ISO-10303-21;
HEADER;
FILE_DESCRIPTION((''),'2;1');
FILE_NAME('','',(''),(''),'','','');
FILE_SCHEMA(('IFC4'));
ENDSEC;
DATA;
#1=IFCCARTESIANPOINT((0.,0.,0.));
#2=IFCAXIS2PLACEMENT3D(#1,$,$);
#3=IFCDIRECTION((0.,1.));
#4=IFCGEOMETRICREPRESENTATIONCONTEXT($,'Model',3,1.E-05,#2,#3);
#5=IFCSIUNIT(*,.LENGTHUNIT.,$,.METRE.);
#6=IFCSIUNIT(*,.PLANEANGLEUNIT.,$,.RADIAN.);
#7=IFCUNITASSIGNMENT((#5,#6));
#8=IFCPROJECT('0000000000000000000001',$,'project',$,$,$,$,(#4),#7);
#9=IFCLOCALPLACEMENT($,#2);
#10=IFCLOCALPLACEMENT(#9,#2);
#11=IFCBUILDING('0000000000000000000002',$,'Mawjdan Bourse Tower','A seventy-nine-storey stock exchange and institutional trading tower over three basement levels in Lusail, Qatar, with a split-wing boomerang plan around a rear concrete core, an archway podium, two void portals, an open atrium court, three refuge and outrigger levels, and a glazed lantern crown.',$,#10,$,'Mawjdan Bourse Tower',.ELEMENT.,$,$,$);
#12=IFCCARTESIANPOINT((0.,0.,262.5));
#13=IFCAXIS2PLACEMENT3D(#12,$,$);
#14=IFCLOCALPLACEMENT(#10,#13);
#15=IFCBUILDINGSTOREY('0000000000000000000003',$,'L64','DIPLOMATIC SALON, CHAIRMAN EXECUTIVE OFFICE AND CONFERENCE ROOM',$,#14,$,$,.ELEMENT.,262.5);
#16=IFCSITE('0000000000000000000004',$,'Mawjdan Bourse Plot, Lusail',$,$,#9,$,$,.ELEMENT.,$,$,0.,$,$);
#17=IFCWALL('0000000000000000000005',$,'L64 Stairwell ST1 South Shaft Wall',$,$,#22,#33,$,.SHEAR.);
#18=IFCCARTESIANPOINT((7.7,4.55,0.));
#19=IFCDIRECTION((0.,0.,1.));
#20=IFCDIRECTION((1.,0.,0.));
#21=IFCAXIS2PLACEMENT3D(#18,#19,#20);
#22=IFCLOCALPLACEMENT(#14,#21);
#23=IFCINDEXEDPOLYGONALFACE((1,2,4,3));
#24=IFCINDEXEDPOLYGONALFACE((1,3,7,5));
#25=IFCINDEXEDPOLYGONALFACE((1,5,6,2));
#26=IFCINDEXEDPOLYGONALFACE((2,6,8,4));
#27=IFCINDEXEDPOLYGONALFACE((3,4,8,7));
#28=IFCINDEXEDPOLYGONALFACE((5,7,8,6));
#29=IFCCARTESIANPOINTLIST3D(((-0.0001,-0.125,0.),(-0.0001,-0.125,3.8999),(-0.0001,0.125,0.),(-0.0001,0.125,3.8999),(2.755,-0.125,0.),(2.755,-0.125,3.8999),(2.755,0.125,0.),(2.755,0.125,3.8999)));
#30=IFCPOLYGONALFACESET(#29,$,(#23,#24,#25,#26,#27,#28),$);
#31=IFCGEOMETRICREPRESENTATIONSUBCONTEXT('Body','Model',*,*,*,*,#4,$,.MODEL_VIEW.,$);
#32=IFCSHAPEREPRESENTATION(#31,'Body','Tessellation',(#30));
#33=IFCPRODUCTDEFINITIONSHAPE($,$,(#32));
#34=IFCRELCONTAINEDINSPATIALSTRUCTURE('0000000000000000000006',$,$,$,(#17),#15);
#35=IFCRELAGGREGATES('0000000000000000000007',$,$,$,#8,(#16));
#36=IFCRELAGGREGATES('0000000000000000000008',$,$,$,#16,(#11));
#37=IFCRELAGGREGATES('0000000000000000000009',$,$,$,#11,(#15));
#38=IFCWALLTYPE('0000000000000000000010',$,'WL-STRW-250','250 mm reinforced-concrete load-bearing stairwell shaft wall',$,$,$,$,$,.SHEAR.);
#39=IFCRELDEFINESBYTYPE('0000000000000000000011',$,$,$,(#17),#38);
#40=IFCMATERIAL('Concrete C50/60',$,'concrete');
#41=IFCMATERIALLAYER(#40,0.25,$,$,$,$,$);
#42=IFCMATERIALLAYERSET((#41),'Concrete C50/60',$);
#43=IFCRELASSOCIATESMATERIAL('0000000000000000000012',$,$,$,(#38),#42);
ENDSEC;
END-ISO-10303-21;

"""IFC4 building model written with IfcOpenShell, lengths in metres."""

from ifc_helpers import new_model, si_unit, direction, frame, frame_2d, origin, place, context, subcontext, project, spatial, rectangle, extrude, material, layer, layer_set, type_object, element, save


model = new_model("IFC4")

# Units and contexts
model_context = context("Model", 3, precision=1e-05, world=origin(), true_north=direction((0.0, 1.0)))
body_context = subcontext(model_context, "Body", "Model", "MODEL_VIEW")
ifc_project = project(units=[si_unit("LENGTHUNIT", "METRE"), si_unit("PLANEANGLEUNIT", "RADIAN")], contexts=[model_context])

# Site, building, storey
site_placement = place(None, origin())
site = spatial("IfcSite", under=ifc_project, at=site_placement, Name="Mawjdan Bourse Plot, Lusail", CompositionType="ELEMENT", RefElevation=0.0)
building_placement = place(site_placement, origin())
building = spatial("IfcBuilding", under=site, at=building_placement, Name="Mawjdan Bourse Tower", Description="A seventy-nine-storey stock exchange and institutional trading tower over three basement levels in Lusail, Qatar, with a split-wing boomerang plan around a rear concrete core, an archway podium, two void portals, an open atrium court, three refuge and outrigger levels, and a glazed lantern crown.", LongName="Mawjdan Bourse Tower", CompositionType="ELEMENT")
storey_placement = place(building_placement, frame((0.0, 0.0, 262.5)))
storey = spatial("IfcBuildingStorey", under=building, at=storey_placement, Name="L64", Description="DIPLOMATIC SALON, CHAIRMAN EXECUTIVE OFFICE AND CONFERENCE ROOM", CompositionType="ELEMENT", Elevation=262.5)

# Shared definitions
ifc_material_1 = material(Name="Concrete C50/60", Category="concrete")

# Wall
ifc_layer_1 = layer(ifc_material_1, 0.25)
ifc_layer_set_1 = layer_set([ifc_layer_1], Name="Concrete C50/60")
wall_type_1 = type_object("IfcWallType", Name="WL-STRW-250", Description="250 mm reinforced-concrete load-bearing stairwell shaft wall", PredefinedType="SHEAR", material=ifc_layer_set_1)
wall_1_placement = place(storey_placement, frame((7.7, 4.55, 0.0), z_axis=(0.0, 0.0, 1.0), x_axis=(1.0, 0.0, 0.0)))
element("IfcWall", 1, at=wall_1_placement, inside=storey, type_object=wall_type_1, Name="L64 Stairwell ST1 South Shaft Wall", PredefinedType="SHEAR", context=body_context, shape_type="SweptSolid", body=[
    extrude(rectangle(XDim=2.7551, YDim=0.25, at=frame_2d((1.3774, 0.0))), origin(), (0.0, 0.0, 1.0), 3.8999),
])

save(model, "model.ifc")
